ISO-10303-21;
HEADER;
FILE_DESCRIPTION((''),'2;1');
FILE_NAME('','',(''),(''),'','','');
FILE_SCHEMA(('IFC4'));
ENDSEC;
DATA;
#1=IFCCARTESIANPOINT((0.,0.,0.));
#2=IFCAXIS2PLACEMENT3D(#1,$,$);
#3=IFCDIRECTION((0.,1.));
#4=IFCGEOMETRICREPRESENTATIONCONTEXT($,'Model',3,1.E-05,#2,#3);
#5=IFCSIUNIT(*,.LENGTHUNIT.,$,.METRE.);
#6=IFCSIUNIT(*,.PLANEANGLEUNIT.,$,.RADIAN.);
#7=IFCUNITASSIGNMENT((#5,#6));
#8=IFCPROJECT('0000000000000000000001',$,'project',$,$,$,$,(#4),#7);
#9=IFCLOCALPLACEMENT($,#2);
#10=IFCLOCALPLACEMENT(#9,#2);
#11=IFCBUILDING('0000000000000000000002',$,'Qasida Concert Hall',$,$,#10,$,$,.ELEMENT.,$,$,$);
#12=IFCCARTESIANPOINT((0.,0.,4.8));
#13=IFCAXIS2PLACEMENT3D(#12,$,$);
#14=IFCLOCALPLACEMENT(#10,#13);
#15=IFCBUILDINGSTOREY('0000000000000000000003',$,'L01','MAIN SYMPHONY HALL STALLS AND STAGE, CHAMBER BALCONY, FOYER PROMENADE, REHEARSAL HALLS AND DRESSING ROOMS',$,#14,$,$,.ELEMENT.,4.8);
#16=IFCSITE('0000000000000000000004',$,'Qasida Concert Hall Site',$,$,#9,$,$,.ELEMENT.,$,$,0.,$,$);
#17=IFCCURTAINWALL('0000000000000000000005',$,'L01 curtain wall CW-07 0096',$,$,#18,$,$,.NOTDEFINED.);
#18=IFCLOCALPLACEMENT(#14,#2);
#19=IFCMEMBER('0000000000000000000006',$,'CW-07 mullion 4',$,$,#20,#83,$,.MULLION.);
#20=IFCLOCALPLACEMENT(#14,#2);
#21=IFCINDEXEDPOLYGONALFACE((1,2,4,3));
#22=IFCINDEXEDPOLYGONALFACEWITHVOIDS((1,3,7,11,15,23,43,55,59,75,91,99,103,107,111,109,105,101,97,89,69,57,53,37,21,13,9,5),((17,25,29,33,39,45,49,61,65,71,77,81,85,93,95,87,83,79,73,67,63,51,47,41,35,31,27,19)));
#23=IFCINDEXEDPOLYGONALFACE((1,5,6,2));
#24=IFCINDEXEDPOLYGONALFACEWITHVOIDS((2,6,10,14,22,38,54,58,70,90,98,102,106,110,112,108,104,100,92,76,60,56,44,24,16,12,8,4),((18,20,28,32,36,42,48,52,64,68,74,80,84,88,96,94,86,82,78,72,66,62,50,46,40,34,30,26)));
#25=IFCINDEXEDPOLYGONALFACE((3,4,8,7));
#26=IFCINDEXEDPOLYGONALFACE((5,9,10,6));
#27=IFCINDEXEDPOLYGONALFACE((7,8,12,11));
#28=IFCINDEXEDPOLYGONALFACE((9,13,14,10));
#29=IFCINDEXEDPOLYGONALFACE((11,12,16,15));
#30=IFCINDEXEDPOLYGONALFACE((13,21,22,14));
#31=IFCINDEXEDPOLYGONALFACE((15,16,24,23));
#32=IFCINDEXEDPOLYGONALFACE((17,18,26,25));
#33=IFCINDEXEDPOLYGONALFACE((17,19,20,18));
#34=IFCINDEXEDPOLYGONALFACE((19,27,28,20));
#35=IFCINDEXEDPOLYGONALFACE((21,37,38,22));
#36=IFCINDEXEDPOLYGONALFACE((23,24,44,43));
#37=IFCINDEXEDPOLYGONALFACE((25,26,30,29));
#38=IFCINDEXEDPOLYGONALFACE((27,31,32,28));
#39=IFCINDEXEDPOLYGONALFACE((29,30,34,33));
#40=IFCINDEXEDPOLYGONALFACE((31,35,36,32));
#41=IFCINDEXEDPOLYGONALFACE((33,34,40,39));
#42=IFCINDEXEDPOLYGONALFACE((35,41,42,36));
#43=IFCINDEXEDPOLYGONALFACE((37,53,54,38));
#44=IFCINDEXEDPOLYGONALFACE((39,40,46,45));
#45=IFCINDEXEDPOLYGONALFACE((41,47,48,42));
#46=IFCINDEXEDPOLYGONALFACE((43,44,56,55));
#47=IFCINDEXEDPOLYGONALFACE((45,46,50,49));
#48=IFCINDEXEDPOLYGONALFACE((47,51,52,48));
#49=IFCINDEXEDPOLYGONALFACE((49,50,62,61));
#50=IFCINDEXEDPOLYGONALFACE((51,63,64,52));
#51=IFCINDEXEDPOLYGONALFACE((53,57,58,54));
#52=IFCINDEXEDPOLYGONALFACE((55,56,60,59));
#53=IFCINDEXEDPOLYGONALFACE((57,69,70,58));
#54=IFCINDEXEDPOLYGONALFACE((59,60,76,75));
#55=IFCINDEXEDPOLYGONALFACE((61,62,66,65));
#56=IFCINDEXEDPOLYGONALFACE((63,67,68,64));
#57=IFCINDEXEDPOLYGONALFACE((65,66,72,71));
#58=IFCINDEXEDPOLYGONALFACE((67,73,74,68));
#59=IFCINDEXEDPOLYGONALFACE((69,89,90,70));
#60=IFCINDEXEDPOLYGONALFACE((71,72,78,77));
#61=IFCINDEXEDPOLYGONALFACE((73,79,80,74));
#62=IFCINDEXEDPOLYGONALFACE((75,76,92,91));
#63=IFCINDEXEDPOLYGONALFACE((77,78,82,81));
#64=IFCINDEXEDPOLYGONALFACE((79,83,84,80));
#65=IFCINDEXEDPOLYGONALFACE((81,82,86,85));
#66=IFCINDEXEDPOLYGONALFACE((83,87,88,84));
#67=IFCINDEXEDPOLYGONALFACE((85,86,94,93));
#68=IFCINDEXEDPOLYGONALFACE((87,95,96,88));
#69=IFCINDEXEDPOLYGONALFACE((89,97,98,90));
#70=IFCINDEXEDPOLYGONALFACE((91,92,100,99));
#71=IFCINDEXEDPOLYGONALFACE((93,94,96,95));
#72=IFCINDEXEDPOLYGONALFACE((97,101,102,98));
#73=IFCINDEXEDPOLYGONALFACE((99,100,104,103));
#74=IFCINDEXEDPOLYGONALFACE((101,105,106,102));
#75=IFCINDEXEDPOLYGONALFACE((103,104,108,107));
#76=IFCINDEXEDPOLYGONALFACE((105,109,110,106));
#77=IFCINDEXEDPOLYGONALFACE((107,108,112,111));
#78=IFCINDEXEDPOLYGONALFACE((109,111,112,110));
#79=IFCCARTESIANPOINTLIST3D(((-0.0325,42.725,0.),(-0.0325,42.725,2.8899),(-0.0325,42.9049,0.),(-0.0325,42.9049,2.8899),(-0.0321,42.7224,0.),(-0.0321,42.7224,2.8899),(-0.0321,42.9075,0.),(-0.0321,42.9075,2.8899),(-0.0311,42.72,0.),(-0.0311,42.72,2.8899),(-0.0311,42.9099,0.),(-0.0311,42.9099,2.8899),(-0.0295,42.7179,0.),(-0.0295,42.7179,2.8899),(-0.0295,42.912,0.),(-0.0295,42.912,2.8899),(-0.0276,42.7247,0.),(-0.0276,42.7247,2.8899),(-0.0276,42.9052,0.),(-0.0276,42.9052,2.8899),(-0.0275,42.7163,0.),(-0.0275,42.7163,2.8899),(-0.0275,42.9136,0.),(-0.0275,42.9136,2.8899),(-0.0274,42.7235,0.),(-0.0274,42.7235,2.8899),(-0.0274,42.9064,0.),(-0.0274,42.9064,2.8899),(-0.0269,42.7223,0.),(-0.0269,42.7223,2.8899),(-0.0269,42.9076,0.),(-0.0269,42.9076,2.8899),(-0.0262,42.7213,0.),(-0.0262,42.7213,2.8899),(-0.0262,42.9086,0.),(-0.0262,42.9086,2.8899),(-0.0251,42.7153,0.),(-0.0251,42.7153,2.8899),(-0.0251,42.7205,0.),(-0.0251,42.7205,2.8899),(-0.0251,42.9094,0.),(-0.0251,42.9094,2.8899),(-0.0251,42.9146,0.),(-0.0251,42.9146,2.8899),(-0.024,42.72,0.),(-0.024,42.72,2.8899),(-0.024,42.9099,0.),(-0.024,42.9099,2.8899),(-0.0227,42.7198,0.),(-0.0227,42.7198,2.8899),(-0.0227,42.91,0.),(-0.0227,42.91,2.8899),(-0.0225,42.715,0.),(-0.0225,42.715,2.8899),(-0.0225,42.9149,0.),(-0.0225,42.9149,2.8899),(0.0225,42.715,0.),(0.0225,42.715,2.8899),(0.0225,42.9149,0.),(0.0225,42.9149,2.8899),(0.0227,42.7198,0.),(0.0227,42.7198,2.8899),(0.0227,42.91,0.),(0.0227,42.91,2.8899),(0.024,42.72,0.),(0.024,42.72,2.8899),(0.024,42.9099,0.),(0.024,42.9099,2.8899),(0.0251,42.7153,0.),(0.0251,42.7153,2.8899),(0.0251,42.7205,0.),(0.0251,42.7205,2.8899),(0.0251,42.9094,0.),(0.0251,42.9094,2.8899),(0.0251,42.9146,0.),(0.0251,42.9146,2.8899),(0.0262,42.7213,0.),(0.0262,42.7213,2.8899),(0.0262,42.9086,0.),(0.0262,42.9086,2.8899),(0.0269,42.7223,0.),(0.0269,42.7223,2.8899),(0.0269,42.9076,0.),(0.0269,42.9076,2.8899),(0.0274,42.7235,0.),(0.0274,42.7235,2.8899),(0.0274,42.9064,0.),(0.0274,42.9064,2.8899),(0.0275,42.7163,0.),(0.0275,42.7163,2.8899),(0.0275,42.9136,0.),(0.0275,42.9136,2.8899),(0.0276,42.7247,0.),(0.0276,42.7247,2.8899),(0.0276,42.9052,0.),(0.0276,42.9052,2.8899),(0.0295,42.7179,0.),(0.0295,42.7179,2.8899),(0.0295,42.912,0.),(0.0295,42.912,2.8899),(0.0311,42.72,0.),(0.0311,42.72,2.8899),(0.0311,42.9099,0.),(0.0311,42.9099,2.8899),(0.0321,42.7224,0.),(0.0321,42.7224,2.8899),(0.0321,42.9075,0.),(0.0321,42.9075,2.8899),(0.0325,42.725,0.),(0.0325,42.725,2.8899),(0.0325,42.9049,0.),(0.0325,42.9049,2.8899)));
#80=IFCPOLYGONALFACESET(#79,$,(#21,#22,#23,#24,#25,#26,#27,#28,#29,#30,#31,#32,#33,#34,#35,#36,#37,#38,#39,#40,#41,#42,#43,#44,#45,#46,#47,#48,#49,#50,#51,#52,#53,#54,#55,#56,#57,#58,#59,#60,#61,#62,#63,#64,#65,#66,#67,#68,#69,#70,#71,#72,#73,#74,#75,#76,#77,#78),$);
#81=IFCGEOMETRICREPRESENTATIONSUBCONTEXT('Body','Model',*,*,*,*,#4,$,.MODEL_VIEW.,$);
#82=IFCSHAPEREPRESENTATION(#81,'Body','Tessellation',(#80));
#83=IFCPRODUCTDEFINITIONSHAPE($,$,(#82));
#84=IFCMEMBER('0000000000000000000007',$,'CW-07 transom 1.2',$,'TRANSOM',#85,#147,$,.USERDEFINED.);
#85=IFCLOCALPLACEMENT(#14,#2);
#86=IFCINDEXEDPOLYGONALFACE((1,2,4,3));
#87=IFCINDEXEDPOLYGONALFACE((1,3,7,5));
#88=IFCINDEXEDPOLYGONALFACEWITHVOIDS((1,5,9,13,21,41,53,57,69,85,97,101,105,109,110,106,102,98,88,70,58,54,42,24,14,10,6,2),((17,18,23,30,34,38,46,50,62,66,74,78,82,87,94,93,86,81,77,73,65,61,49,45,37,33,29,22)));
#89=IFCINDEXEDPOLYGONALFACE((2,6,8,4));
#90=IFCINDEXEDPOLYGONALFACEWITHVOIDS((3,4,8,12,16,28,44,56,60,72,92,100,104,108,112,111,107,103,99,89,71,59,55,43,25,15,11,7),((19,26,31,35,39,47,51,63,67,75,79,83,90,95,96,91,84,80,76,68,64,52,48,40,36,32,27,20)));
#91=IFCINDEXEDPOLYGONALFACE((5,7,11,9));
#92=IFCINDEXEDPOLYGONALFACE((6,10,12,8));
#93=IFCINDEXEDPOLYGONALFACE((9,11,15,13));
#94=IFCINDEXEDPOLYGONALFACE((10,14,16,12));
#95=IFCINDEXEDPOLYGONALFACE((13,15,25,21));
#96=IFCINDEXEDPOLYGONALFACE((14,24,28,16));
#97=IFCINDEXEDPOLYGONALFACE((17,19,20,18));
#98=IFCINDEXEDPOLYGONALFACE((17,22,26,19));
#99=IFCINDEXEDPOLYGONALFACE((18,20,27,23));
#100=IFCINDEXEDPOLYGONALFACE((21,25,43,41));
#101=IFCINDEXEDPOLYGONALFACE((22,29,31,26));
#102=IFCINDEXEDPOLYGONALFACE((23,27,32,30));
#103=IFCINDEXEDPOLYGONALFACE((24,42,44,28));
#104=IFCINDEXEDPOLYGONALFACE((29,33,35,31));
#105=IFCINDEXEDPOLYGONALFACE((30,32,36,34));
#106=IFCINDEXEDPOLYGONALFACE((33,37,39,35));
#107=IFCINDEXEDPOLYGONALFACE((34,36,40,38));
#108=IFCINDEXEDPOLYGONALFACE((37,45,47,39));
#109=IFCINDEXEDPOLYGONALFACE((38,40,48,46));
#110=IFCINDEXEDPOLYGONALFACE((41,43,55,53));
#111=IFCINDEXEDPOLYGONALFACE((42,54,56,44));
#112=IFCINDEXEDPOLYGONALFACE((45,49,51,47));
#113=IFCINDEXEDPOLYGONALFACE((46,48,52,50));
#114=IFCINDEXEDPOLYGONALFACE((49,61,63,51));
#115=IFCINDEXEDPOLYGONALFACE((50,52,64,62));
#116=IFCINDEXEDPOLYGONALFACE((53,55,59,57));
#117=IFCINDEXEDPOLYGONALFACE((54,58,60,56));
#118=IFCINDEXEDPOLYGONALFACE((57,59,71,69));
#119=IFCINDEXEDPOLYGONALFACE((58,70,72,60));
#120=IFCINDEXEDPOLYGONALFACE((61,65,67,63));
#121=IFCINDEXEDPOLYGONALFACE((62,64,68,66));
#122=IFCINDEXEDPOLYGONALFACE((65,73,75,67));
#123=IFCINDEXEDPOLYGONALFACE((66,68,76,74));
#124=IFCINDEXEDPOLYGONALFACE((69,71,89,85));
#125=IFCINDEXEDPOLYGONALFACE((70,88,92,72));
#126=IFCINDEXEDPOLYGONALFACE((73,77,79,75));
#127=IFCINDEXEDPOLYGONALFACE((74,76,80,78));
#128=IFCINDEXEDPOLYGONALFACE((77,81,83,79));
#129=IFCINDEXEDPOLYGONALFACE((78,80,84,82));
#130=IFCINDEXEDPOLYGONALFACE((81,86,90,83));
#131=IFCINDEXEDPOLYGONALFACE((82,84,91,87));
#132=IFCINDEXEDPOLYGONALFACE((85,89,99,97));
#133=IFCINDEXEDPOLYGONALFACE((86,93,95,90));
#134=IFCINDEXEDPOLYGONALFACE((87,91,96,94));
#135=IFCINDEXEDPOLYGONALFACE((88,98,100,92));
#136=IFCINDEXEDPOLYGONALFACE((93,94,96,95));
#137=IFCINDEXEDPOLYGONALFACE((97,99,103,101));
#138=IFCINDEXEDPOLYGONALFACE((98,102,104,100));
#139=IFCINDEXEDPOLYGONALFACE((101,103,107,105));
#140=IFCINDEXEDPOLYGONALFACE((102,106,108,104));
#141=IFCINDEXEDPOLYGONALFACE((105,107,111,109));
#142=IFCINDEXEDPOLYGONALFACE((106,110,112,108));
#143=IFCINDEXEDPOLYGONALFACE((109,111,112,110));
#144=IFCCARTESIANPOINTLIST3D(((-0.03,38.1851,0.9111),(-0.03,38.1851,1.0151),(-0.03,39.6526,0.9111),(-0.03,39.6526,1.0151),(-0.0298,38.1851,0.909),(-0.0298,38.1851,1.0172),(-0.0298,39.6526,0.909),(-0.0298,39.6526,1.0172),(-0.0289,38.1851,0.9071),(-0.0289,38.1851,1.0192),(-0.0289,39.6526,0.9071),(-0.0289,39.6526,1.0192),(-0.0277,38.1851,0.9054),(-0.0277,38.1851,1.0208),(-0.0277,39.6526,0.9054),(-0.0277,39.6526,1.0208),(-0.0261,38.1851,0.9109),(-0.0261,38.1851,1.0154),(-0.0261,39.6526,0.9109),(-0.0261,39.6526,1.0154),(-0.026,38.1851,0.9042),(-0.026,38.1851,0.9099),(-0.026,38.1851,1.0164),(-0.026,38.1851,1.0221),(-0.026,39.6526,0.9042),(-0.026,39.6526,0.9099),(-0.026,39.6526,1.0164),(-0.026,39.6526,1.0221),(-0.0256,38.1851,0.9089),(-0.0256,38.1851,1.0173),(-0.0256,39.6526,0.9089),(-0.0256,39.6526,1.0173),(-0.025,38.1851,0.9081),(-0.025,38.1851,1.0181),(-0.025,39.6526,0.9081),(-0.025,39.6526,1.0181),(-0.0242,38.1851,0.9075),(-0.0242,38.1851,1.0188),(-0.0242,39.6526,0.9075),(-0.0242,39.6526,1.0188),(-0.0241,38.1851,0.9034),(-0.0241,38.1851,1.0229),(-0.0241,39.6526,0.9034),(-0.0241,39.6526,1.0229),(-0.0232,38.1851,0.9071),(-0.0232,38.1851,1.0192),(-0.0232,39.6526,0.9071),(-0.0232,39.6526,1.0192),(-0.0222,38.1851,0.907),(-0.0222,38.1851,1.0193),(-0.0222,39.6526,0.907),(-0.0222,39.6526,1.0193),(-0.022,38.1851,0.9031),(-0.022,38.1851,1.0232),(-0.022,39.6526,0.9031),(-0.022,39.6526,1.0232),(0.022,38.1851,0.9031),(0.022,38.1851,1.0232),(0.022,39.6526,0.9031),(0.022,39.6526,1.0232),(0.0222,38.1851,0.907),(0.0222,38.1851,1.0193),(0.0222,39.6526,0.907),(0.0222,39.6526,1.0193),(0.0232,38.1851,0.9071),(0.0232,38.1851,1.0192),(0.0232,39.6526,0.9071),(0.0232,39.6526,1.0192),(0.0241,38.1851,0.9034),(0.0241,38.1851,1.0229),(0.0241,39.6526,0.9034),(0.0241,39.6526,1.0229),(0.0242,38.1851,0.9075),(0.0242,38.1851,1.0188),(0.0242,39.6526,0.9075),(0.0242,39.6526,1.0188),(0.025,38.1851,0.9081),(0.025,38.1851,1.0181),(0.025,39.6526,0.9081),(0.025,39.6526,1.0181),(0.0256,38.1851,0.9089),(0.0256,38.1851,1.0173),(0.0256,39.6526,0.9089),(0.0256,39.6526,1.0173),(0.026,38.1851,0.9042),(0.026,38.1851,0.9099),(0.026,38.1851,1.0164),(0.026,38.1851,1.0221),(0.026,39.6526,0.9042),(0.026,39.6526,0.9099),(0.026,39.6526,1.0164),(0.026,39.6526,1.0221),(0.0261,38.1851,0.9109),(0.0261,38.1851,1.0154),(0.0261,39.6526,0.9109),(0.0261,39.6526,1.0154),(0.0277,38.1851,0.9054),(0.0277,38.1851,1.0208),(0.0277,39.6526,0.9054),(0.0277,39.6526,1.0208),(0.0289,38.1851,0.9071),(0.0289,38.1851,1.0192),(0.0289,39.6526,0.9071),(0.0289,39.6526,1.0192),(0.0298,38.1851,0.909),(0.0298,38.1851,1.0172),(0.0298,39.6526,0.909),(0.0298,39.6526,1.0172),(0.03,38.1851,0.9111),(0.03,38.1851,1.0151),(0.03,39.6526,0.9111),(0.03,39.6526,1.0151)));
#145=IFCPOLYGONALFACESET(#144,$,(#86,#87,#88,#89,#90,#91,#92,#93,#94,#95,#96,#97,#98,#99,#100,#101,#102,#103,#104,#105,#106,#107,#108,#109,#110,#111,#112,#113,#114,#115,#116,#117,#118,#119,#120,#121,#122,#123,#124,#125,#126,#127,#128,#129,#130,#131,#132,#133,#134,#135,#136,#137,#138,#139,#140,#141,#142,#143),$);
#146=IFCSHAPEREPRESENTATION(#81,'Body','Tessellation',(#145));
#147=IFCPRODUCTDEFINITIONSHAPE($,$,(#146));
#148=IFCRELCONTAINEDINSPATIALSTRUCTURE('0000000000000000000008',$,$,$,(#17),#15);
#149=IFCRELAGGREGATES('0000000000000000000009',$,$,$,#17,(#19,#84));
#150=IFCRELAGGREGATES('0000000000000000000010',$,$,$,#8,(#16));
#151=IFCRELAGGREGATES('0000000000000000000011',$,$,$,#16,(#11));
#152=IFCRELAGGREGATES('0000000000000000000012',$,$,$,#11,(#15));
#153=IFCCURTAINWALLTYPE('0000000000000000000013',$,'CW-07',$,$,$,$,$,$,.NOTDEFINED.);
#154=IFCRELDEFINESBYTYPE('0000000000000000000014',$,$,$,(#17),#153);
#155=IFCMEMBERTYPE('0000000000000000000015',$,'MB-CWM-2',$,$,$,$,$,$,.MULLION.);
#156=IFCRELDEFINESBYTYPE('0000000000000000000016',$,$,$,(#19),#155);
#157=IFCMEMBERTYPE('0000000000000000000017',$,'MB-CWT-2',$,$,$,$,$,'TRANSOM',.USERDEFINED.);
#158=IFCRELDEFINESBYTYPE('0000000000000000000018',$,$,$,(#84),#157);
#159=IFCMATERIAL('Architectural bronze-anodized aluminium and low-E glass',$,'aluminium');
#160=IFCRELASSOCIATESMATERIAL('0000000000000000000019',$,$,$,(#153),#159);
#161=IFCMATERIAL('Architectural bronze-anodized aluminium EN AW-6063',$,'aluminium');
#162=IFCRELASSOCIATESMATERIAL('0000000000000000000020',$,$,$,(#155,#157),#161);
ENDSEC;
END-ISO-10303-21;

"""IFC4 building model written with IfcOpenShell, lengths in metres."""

from ifc_helpers import new_model, si_unit, direction, frame, origin, origin_2d, place, context, subcontext, project, spatial, hollow_rectangle, extrude, material, material_profile, profile_set, type_object, element, aggregate, save


model = new_model("IFC4")

# Units and contexts
model_context = context("Model", 3, precision=1e-05, world=origin(), true_north=direction((0.0, 1.0)))
body_context = subcontext(model_context, "Body", "Model", "MODEL_VIEW")
ifc_project = project(units=[si_unit("LENGTHUNIT", "METRE"), si_unit("PLANEANGLEUNIT", "RADIAN")], contexts=[model_context])

# Site, building, storey
site_placement = place(None, origin())
site = spatial("IfcSite", under=ifc_project, at=site_placement, Name="Qasida Concert Hall Site", CompositionType="ELEMENT", RefElevation=0.0)
building_placement = place(site_placement, origin())
building = spatial("IfcBuilding", under=site, at=building_placement, Name="Qasida Concert Hall", CompositionType="ELEMENT")
storey_placement = place(building_placement, frame((0.0, 0.0, 4.8)))
storey = spatial("IfcBuildingStorey", under=building, at=storey_placement, Name="L01", Description="MAIN SYMPHONY HALL STALLS AND STAGE, CHAMBER BALCONY, FOYER PROMENADE, REHEARSAL HALLS AND DRESSING ROOMS", CompositionType="ELEMENT", Elevation=4.8)

# Curtain wall, members
ifc_material_1 = material(Name="Architectural bronze-anodized aluminium and low-E glass", Category="aluminium")
curtain_wall_type = type_object("IfcCurtainWallType", Name="CW-07", PredefinedType="NOTDEFINED", material=ifc_material_1)
curtain_wall_placement = place(storey_placement, origin())
curtain_wall = element("IfcCurtainWall", 1, at=curtain_wall_placement, inside=storey, type_object=curtain_wall_type, Name="L01 curtain wall CW-07 0096", PredefinedType="NOTDEFINED")
ifc_material_2 = material(Name="Architectural bronze-anodized aluminium EN AW-6063", Category="aluminium")
ifc_material_profile_1 = material_profile(ifc_material_2, hollow_rectangle(XDim=0.0649, YDim=0.2, WallThickness=0.0049, InnerFilletRadius=0.0049, OuterFilletRadius=0.01, at=origin_2d()), Name="CWM 200x65x5")
ifc_profile_set_1 = profile_set([ifc_material_profile_1], Name="Architectural bronze-anodized aluminium EN AW-6063")
member_type_1 = type_object("IfcMemberType", Name="MB-CWM-2", PredefinedType="MULLION", material=ifc_profile_set_1)
member_1_placement = place(storey_placement, frame((0.0, 42.8149, 0.0), z_axis=(0.0, 0.0, 1.0), x_axis=(-1.0, 0.0, 0.0)))
member_1 = element("IfcMember", 2, at=member_1_placement, type_object=member_type_1, Name="CW-07 mullion 4", PredefinedType="MULLION", context=body_context, shape_type="SweptSolid", body=[
    extrude(hollow_rectangle(XDim=0.0649, YDim=0.2, WallThickness=0.0049, InnerFilletRadius=0.0049, OuterFilletRadius=0.01, at=origin_2d()), origin(), (0.0, 0.0, 1.0), 2.8899),
])
ifc_material_profile_2 = material_profile(ifc_material_2, hollow_rectangle(XDim=0.0601, YDim=0.1201, WallThickness=0.0039, InnerFilletRadius=0.0039, OuterFilletRadius=0.0081, at=origin_2d()), Name="CWT 120x60x4")
ifc_profile_set_2 = profile_set([ifc_material_profile_2], Name="Architectural bronze-anodized aluminium EN AW-6063")
member_type_2 = type_object("IfcMemberType", Name="MB-CWT-2", ElementType="TRANSOM", PredefinedType="USERDEFINED", material=ifc_profile_set_2)
member_2_placement = place(storey_placement, frame((0.0, 38.1851, 0.9631), z_axis=(0.0, 1.0, 0.0), x_axis=(-1.0, 0.0, 0.0)))
member_2 = element("IfcMember", 3, at=member_2_placement, type_object=member_type_2, Name="CW-07 transom 1.2", ObjectType="TRANSOM", PredefinedType="USERDEFINED", context=body_context, shape_type="SweptSolid", body=[
    extrude(hollow_rectangle(XDim=0.0601, YDim=0.1201, WallThickness=0.0039, InnerFilletRadius=0.0039, OuterFilletRadius=0.0081, at=origin_2d()), origin(), (0.0, 0.0, 1.0), 1.4675),
])
aggregate(curtain_wall, [member_1, member_2])

save(model, "model.ifc")
